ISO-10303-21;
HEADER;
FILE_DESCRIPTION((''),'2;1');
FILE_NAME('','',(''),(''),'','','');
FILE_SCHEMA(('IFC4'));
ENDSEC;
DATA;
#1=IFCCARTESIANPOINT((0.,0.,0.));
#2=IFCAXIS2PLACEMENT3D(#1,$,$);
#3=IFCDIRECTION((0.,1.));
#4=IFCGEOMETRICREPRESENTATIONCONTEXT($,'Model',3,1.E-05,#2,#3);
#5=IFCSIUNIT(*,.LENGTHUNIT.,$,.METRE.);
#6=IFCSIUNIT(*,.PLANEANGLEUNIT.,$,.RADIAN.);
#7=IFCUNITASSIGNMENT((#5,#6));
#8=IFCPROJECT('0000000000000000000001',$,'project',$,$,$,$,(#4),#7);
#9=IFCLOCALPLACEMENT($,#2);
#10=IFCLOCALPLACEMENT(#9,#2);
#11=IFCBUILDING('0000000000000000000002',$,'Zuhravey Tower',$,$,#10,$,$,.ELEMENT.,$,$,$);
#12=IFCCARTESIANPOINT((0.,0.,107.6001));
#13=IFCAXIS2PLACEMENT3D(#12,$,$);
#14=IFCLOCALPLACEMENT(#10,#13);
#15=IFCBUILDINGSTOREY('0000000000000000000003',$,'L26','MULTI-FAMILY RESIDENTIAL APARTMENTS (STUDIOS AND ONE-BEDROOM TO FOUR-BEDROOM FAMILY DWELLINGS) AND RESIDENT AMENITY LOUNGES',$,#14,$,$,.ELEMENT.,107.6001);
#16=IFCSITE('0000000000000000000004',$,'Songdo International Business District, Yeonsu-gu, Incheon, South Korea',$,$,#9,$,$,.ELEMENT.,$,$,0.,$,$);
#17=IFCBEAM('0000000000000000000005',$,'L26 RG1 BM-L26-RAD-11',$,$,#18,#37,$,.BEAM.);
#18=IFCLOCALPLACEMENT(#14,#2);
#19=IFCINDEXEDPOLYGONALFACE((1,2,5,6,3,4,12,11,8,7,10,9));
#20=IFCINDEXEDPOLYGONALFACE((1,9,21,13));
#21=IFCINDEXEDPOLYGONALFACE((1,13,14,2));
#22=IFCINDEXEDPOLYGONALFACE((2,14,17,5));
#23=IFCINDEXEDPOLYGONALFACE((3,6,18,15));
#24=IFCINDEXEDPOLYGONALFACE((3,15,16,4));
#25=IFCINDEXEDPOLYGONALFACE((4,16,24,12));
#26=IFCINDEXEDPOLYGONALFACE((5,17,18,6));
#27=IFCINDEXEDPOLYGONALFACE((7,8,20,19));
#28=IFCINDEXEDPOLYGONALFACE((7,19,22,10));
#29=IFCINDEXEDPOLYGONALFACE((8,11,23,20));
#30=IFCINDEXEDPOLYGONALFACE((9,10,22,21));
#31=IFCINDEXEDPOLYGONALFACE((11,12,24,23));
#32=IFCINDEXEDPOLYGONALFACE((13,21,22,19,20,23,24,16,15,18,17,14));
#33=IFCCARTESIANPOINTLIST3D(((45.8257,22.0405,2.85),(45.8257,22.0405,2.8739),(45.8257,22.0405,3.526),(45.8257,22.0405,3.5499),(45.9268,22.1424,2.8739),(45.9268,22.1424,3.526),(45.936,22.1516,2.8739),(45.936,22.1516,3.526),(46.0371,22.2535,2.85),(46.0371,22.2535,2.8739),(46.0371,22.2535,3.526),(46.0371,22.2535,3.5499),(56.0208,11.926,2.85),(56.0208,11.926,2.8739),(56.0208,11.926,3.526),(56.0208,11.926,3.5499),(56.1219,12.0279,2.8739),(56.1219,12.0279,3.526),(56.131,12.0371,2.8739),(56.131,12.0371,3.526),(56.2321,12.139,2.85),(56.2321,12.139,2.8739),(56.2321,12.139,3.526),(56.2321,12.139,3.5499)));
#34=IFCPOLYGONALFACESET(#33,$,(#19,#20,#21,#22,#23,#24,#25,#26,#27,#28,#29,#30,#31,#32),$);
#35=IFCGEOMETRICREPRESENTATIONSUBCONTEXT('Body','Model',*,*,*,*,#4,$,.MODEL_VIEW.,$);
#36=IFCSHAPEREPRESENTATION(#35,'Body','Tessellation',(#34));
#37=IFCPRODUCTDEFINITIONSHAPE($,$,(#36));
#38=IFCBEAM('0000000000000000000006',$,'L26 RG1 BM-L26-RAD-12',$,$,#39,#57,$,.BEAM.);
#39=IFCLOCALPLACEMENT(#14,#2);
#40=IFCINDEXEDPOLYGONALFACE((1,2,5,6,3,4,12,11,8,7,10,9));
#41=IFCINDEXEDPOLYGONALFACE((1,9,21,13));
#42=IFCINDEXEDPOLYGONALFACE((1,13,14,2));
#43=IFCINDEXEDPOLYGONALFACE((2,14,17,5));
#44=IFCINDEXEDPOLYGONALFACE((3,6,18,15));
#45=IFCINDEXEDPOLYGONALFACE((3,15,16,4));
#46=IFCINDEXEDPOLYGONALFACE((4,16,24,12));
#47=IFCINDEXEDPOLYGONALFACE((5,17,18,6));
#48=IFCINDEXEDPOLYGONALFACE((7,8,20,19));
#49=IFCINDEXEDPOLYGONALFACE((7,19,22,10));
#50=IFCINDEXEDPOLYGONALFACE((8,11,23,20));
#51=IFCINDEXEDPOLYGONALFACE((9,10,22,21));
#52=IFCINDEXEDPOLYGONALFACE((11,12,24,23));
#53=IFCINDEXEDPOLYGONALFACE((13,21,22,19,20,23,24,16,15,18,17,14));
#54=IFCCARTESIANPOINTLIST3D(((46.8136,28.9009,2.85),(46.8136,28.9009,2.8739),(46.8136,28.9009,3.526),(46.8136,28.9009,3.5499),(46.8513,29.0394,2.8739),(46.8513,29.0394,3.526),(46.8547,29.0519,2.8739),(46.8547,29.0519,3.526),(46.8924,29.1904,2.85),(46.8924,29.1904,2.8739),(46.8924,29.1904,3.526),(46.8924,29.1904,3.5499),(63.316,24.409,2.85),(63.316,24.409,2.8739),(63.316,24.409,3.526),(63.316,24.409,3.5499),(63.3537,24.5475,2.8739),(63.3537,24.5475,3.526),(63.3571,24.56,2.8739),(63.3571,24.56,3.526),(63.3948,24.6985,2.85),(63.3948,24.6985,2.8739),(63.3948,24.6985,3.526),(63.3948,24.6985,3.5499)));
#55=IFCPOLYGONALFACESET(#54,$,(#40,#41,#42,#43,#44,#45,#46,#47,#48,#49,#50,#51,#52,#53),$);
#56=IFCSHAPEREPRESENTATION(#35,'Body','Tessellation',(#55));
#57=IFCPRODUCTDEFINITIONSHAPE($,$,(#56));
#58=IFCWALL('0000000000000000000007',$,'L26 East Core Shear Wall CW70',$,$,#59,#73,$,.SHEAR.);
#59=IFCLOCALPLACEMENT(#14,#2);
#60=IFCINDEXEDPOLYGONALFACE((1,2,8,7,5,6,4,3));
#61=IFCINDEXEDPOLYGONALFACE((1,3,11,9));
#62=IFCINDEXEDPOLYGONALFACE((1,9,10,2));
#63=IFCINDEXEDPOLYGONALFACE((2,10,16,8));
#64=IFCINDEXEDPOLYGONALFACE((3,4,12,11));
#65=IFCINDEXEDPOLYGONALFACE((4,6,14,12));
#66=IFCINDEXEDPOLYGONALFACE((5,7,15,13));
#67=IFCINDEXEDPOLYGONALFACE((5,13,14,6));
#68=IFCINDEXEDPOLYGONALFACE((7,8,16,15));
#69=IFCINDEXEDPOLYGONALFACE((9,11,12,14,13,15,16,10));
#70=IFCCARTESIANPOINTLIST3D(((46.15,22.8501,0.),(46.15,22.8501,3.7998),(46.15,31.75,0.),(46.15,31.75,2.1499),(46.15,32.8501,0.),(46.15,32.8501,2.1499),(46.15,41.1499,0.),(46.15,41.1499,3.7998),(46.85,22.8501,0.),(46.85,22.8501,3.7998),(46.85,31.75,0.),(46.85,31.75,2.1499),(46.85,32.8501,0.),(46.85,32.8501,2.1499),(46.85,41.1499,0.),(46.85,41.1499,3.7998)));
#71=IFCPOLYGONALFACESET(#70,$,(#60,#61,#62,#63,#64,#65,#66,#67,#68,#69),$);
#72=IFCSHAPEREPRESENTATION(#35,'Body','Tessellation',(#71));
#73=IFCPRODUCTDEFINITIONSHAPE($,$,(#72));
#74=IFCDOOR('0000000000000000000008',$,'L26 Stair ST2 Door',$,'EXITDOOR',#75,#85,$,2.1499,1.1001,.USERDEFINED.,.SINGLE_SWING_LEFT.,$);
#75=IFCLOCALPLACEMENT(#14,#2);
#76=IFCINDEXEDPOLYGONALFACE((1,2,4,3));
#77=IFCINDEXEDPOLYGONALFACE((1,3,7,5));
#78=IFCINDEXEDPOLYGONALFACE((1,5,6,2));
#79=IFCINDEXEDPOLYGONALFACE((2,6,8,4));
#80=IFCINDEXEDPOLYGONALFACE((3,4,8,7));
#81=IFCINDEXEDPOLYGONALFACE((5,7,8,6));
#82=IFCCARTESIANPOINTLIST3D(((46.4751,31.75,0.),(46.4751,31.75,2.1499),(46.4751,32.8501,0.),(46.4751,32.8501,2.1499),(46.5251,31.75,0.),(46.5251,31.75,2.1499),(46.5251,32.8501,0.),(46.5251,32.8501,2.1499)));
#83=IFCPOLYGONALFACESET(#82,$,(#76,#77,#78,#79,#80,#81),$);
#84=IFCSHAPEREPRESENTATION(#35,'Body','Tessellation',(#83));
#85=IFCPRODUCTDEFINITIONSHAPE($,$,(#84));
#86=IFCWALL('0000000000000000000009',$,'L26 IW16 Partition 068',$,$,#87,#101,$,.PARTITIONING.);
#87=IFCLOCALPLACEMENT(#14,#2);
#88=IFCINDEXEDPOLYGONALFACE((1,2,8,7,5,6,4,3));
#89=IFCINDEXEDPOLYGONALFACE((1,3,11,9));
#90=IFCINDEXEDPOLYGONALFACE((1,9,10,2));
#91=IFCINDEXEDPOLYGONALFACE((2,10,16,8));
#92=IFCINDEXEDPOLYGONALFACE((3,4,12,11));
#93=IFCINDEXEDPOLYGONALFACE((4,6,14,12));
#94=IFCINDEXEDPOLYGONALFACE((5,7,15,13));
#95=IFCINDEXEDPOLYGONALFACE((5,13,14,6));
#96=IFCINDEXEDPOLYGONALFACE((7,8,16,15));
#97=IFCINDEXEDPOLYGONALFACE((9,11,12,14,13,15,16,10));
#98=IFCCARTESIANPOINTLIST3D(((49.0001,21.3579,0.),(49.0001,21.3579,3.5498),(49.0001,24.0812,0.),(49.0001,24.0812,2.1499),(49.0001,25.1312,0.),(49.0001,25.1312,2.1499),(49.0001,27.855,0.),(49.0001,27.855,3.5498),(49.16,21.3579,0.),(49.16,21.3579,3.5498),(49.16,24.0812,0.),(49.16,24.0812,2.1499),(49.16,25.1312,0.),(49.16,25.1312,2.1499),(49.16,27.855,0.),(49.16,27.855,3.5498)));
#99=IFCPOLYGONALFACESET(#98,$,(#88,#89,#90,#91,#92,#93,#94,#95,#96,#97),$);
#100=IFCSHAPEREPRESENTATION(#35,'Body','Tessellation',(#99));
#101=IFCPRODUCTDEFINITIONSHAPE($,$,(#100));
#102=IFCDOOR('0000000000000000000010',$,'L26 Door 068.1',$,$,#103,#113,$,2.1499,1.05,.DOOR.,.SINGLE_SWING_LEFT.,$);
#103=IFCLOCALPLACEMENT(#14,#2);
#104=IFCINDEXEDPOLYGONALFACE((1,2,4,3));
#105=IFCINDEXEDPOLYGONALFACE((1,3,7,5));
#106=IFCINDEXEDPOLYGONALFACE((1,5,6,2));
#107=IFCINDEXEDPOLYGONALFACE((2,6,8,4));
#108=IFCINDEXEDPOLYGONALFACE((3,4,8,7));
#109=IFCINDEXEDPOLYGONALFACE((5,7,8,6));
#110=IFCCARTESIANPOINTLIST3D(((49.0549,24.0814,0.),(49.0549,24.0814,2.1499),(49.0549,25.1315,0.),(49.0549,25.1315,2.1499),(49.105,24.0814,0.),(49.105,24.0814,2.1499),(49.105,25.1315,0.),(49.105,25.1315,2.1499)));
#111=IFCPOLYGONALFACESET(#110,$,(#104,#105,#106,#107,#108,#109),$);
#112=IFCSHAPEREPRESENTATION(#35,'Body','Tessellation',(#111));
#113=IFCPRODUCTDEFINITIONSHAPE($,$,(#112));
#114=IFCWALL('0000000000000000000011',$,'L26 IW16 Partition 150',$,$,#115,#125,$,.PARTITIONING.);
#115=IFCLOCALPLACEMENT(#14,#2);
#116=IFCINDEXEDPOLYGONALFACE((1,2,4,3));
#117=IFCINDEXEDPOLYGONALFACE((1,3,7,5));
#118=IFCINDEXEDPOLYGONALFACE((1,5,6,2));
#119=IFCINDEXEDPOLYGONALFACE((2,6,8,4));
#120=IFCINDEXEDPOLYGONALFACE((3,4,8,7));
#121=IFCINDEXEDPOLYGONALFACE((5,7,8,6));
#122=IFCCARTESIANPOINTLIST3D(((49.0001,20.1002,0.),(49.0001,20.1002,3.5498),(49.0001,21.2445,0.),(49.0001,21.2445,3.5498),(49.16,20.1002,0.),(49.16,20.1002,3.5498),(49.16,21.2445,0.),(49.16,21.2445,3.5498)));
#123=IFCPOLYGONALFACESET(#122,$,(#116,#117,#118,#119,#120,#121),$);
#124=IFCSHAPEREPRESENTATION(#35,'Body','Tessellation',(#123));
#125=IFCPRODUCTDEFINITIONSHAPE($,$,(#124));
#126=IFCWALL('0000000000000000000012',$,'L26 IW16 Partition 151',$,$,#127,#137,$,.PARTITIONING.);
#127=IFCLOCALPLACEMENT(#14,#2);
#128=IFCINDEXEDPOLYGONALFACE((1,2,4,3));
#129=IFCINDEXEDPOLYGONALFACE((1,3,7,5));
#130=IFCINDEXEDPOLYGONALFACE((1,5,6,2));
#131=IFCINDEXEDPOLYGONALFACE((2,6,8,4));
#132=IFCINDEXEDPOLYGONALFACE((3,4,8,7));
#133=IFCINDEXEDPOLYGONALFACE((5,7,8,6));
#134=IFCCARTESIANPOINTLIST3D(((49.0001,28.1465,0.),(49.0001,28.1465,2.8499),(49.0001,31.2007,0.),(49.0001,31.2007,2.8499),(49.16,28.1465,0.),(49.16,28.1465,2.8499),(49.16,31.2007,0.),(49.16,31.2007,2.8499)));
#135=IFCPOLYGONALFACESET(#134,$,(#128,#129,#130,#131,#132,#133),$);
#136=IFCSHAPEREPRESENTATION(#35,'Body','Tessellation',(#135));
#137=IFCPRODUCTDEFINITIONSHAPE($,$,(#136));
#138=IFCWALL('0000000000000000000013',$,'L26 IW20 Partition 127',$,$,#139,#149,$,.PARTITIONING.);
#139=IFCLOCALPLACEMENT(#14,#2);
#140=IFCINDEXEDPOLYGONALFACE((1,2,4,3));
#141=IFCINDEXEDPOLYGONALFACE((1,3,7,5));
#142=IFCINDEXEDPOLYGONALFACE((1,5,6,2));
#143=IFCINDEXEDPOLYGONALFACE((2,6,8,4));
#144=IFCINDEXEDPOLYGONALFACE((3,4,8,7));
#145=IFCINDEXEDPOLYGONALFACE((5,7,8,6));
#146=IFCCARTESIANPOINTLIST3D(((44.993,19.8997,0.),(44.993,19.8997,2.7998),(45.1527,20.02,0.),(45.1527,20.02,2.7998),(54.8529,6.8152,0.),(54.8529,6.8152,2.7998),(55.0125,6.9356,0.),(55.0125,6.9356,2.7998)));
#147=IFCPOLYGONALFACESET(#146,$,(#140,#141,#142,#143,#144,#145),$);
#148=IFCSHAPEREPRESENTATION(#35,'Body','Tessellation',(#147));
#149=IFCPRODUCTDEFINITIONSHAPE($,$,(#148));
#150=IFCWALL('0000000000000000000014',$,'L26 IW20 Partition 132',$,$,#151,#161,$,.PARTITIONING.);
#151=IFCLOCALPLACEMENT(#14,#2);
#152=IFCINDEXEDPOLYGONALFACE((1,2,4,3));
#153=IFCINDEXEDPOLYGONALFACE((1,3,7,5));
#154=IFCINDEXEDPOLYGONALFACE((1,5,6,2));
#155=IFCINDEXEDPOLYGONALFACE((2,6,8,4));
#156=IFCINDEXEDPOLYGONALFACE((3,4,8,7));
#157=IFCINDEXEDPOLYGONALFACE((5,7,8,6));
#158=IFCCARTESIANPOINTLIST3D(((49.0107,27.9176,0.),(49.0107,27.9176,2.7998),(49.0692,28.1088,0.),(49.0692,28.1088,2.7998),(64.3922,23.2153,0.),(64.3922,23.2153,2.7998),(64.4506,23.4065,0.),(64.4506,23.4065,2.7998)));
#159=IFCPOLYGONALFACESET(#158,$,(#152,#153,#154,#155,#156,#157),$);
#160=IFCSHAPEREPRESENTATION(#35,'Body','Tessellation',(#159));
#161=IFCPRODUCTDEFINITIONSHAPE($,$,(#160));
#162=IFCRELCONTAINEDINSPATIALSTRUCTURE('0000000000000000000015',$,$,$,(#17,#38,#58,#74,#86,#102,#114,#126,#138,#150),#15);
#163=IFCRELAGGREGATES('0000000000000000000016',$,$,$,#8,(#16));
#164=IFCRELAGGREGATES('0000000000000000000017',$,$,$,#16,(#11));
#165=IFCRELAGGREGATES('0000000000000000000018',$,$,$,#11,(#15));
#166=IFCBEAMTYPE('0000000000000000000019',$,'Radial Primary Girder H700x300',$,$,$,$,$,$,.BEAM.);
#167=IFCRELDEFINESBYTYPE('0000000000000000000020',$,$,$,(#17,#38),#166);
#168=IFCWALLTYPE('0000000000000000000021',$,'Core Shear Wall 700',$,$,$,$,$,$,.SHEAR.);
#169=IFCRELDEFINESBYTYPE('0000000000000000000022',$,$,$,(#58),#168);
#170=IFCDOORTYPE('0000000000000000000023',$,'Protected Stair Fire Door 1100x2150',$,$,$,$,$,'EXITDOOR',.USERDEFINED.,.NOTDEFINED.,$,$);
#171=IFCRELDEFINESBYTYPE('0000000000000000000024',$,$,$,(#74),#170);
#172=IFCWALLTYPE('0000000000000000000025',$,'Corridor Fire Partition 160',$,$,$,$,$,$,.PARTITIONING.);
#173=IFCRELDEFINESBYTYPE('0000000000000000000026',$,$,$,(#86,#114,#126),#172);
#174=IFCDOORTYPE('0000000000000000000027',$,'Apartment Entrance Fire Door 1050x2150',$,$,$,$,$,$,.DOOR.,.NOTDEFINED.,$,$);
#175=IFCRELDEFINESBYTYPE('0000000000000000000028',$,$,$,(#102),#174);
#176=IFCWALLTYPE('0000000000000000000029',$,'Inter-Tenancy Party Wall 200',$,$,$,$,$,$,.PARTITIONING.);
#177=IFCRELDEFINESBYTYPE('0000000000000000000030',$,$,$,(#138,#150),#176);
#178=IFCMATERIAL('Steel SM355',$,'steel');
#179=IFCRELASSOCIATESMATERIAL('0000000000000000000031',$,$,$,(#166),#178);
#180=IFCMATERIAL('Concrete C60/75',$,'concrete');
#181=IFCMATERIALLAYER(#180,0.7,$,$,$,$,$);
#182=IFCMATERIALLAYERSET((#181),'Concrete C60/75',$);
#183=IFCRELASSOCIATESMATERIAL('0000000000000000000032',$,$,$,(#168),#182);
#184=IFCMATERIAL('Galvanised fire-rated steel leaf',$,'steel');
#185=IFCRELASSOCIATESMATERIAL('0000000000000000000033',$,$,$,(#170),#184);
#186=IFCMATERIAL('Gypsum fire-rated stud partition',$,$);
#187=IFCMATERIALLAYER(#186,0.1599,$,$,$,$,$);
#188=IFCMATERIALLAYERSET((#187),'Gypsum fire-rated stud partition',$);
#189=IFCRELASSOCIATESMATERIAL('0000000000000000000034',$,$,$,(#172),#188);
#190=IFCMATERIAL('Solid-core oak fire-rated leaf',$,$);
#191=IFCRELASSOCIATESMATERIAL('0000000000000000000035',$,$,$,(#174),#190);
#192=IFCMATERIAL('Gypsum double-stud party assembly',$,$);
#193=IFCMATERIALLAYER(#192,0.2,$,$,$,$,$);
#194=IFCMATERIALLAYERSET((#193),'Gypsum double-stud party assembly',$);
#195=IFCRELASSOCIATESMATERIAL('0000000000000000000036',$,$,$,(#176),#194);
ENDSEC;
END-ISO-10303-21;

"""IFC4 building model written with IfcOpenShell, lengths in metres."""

from ifc_helpers import new_model, si_unit, direction, frame, frame_2d, origin, origin_2d, place, context, subcontext, project, spatial, rectangle, i_section, extrude, material, layer, layer_set, material_profile, profile_set, type_object, element, fill, save


model = new_model("IFC4")

# Units and contexts
model_context = context("Model", 3, precision=1e-05, world=origin(), true_north=direction((0.0, 1.0)))
body_context = subcontext(model_context, "Body", "Model", "MODEL_VIEW")
ifc_project = project(units=[si_unit("LENGTHUNIT", "METRE"), si_unit("PLANEANGLEUNIT", "RADIAN")], contexts=[model_context])

# Site, building, storey
site_placement = place(None, origin())
site = spatial("IfcSite", under=ifc_project, at=site_placement, Name="Songdo International Business District, Yeonsu-gu, Incheon, South Korea", CompositionType="ELEMENT", RefElevation=0.0)
building_placement = place(site_placement, origin())
building = spatial("IfcBuilding", under=site, at=building_placement, Name="Zuhravey Tower", CompositionType="ELEMENT")
storey_placement = place(building_placement, frame((0.0, 0.0, 107.6001)))
storey = spatial("IfcBuildingStorey", under=building, at=storey_placement, Name="L26", Description="MULTI-FAMILY RESIDENTIAL APARTMENTS (STUDIOS AND ONE-BEDROOM TO FOUR-BEDROOM FAMILY DWELLINGS) AND RESIDENT AMENITY LOUNGES", CompositionType="ELEMENT", Elevation=107.6001)

# Beams
ifc_material_1 = material(Name="Steel SM355", Category="steel")
ifc_material_profile = material_profile(ifc_material_1, i_section(OverallWidth=0.3, OverallDepth=0.7, WebThickness=0.0129, FlangeThickness=0.0239, at=origin_2d()), Name="H-700x300x13x24")
ifc_profile_set = profile_set([ifc_material_profile], Name="Steel SM355")
beam_type = type_object("IfcBeamType", Name="Radial Primary Girder H700x300", PredefinedType="BEAM", material=ifc_profile_set)
beam_1_placement = place(storey_placement, frame((45.9314, 22.147, 3.2), z_axis=(0.709906, -0.704296, 0.0), x_axis=(0.704296, 0.709906, 0.0)))
element("IfcBeam", 1, at=beam_1_placement, inside=storey, type_object=beam_type, Name="L26 RG1 BM-L26-RAD-11", PredefinedType="BEAM", context=body_context, shape_type="SweptSolid", body=[
    extrude(i_section(OverallWidth=0.3, OverallDepth=0.7, WebThickness=0.0129, FlangeThickness=0.0239, at=origin_2d()), origin(), (0.0, 0.0, 1.0), 14.3611),
])
beam_2_placement = place(storey_placement, frame((46.853, 29.0457, 3.2), z_axis=(0.964893, -0.262643, 0.0), x_axis=(0.262643, 0.964893, 0.0)))
element("IfcBeam", 2, at=beam_2_placement, inside=storey, type_object=beam_type, Name="L26 RG1 BM-L26-RAD-12", PredefinedType="BEAM", context=body_context, shape_type="SweptSolid", body=[
    extrude(i_section(OverallWidth=0.3, OverallDepth=0.7, WebThickness=0.0129, FlangeThickness=0.0239, at=origin_2d()), origin(), (0.0, 0.0, 1.0), 17.1028),
])

# Walls, openings, doors
ifc_material_2 = material(Name="Concrete C60/75", Category="concrete")
ifc_layer_1 = layer(ifc_material_2, 0.7)
ifc_layer_set_1 = layer_set([ifc_layer_1], Name="Concrete C60/75")
wall_type_1 = type_object("IfcWallType", Name="Core Shear Wall 700", PredefinedType="SHEAR", material=ifc_layer_set_1)
wall_1_placement = place(storey_placement, frame((46.5, 22.8501, 0.0), z_axis=(0.0, 0.0, 1.0), x_axis=(0.0, 1.0, 0.0)))
wall_1 = element("IfcWall", 3, at=wall_1_placement, inside=storey, type_object=wall_type_1, Name="L26 East Core Shear Wall CW70", PredefinedType="SHEAR", context=body_context, shape_type="SweptSolid", body=[
    extrude(rectangle(XDim=18.2998, YDim=0.7, at=frame_2d((9.1499, 0.0))), origin(), (0.0, 0.0, 1.0), 3.7998),
])
opening_1_placement = place(wall_1_placement, frame((8.8999, 0.0, 0.0)))
opening_1 = element("IfcOpeningElement", 4, at=opening_1_placement, cuts=wall_1, PredefinedType="OPENING", context=body_context, shape_type="SweptSolid", body=[
    extrude(rectangle(XDim=1.1001, YDim=2.1499, at=frame_2d((0.55, 1.075))), frame((0.0, 0.3621, 0.0), z_axis=(0.0, -1.0, 0.0), x_axis=(1.0, 0.0, 0.0)), (0.0, 0.0, 1.0), 0.7239),
])
ifc_material_3 = material(Name="Galvanised fire-rated steel leaf", Category="steel")
door_type_1 = type_object("IfcDoorType", Name="Protected Stair Fire Door 1100x2150", ElementType="EXITDOOR", OperationType="NOTDEFINED", PredefinedType="USERDEFINED", material=ifc_material_3)
door_1_placement = place(opening_1_placement, origin())
door_1 = element("IfcDoor", 5, at=door_1_placement, inside=storey, type_object=door_type_1, Name="L26 Stair ST2 Door", ObjectType="EXITDOOR", OperationType="SINGLE_SWING_LEFT", OverallHeight=2.1499, OverallWidth=1.1001, PredefinedType="USERDEFINED", context=body_context, shape_type="SweptSolid", body=[
    extrude(rectangle(XDim=1.1001, YDim=2.1499, at=frame_2d((0.55, 1.075))), frame((0.0, 0.0249, 0.0), z_axis=(0.0, -1.0, 0.0), x_axis=(1.0, 0.0, 0.0)), (0.0, 0.0, 1.0), 0.05),
])
fill(opening_1, door_1)
ifc_material_4 = material(Name="Gypsum fire-rated stud partition")
ifc_layer_2 = layer(ifc_material_4, 0.1599)
ifc_layer_set_2 = layer_set([ifc_layer_2], Name="Gypsum fire-rated stud partition")
wall_type_2 = type_object("IfcWallType", Name="Corridor Fire Partition 160", PredefinedType="PARTITIONING", material=ifc_layer_set_2)
wall_2_placement = place(storey_placement, frame((49.0801, 21.3579, 0.0), z_axis=(0.0, 0.0, 1.0), x_axis=(0.0, 1.0, 0.0)))
wall_2 = element("IfcWall", 6, at=wall_2_placement, inside=storey, type_object=wall_type_2, Name="L26 IW16 Partition 068", PredefinedType="PARTITIONING", context=body_context, shape_type="SweptSolid", body=[
    extrude(rectangle(XDim=6.4971, YDim=0.1599, at=frame_2d((3.2485, 0.0))), origin(), (0.0, 0.0, 1.0), 3.5498),
])
opening_2_placement = place(wall_2_placement, frame((2.7234, 0.0, 0.0)))
opening_2 = element("IfcOpeningElement", 7, at=opening_2_placement, cuts=wall_2, PredefinedType="OPENING", context=body_context, shape_type="SweptSolid", body=[
    extrude(rectangle(XDim=1.05, YDim=2.1499, at=frame_2d((0.5249, 1.075))), frame((0.0, 0.092, 0.0), z_axis=(0.0, -1.0, 0.0), x_axis=(1.0, 0.0, 0.0)), (0.0, 0.0, 1.0), 0.1838),
])
ifc_material_5 = material(Name="Solid-core oak fire-rated leaf")
door_type_2 = type_object("IfcDoorType", Name="Apartment Entrance Fire Door 1050x2150", OperationType="NOTDEFINED", PredefinedType="DOOR", material=ifc_material_5)
door_2_placement = place(opening_2_placement, frame((1.05, 0.0, 0.0), z_axis=(0.0, 0.0, 1.0), x_axis=(-1.0, 0.0, 0.0)))
door_2 = element("IfcDoor", 8, at=door_2_placement, inside=storey, type_object=door_type_2, Name="L26 Door 068.1", OperationType="SINGLE_SWING_LEFT", OverallHeight=2.1499, OverallWidth=1.05, PredefinedType="DOOR", context=body_context, shape_type="SweptSolid", body=[
    extrude(rectangle(XDim=1.05, YDim=2.1499, at=frame_2d((0.5249, 1.075))), frame((0.0, 0.0249, 0.0), z_axis=(0.0, -1.0, 0.0), x_axis=(1.0, 0.0, 0.0)), (0.0, 0.0, 1.0), 0.05),
])
fill(opening_2, door_2)

# Walls
wall_3_placement = place(storey_placement, frame((49.0801, 20.1001, 0.0), z_axis=(0.0, 0.0, 1.0), x_axis=(0.0, 1.0, 0.0)))
element("IfcWall", 9, at=wall_3_placement, inside=storey, type_object=wall_type_2, Name="L26 IW16 Partition 150", PredefinedType="PARTITIONING", context=body_context, shape_type="SweptSolid", body=[
    extrude(rectangle(XDim=1.1443, YDim=0.1599, at=frame_2d((0.5723, 0.0))), origin(), (0.0, 0.0, 1.0), 3.5498),
])
wall_4_placement = place(storey_placement, frame((49.0801, 28.1465, 0.0), z_axis=(0.0, 0.0, 1.0), x_axis=(0.0, 1.0, 0.0)))
element("IfcWall", 10, at=wall_4_placement, inside=storey, type_object=wall_type_2, Name="L26 IW16 Partition 151", PredefinedType="PARTITIONING", context=body_context, shape_type="SweptSolid", body=[
    extrude(rectangle(XDim=3.0542, YDim=0.1599, at=frame_2d((1.5271, 0.0))), origin(), (0.0, 0.0, 1.0), 2.8499),
])
ifc_material_6 = material(Name="Gypsum double-stud party assembly")
ifc_layer_3 = layer(ifc_material_6, 0.2)
ifc_layer_set_3 = layer_set([ifc_layer_3], Name="Gypsum double-stud party assembly")
wall_type_3 = type_object("IfcWallType", Name="Inter-Tenancy Party Wall 200", PredefinedType="PARTITIONING", material=ifc_layer_set_3)
wall_5_placement = place(storey_placement, frame((45.0728, 19.96, 0.0), z_axis=(0.0, 0.0, 1.0), x_axis=(0.601815, -0.798635, 0.0)))
element("IfcWall", 11, at=wall_5_placement, inside=storey, type_object=wall_type_3, Name="L26 IW20 Partition 127", PredefinedType="PARTITIONING", context=body_context, shape_type="SweptSolid", body=[
    extrude(rectangle(XDim=16.3835, YDim=0.2, at=frame_2d((8.1919, 0.0))), origin(), (0.0, 0.0, 1.0), 2.7998),
])
wall_6_placement = place(storey_placement, frame((49.04, 28.0132, 0.0), z_axis=(0.0, 0.0, 1.0), x_axis=(0.956309, -0.292359, 0.0)))
element("IfcWall", 12, at=wall_6_placement, inside=storey, type_object=wall_type_3, Name="L26 IW20 Partition 132", PredefinedType="PARTITIONING", context=body_context, shape_type="SweptSolid", body=[
    extrude(rectangle(XDim=16.0842, YDim=0.2, at=frame_2d((8.042, 0.0))), origin(), (0.0, 0.0, 1.0), 2.7998),
])

save(model, "model.ifc")
